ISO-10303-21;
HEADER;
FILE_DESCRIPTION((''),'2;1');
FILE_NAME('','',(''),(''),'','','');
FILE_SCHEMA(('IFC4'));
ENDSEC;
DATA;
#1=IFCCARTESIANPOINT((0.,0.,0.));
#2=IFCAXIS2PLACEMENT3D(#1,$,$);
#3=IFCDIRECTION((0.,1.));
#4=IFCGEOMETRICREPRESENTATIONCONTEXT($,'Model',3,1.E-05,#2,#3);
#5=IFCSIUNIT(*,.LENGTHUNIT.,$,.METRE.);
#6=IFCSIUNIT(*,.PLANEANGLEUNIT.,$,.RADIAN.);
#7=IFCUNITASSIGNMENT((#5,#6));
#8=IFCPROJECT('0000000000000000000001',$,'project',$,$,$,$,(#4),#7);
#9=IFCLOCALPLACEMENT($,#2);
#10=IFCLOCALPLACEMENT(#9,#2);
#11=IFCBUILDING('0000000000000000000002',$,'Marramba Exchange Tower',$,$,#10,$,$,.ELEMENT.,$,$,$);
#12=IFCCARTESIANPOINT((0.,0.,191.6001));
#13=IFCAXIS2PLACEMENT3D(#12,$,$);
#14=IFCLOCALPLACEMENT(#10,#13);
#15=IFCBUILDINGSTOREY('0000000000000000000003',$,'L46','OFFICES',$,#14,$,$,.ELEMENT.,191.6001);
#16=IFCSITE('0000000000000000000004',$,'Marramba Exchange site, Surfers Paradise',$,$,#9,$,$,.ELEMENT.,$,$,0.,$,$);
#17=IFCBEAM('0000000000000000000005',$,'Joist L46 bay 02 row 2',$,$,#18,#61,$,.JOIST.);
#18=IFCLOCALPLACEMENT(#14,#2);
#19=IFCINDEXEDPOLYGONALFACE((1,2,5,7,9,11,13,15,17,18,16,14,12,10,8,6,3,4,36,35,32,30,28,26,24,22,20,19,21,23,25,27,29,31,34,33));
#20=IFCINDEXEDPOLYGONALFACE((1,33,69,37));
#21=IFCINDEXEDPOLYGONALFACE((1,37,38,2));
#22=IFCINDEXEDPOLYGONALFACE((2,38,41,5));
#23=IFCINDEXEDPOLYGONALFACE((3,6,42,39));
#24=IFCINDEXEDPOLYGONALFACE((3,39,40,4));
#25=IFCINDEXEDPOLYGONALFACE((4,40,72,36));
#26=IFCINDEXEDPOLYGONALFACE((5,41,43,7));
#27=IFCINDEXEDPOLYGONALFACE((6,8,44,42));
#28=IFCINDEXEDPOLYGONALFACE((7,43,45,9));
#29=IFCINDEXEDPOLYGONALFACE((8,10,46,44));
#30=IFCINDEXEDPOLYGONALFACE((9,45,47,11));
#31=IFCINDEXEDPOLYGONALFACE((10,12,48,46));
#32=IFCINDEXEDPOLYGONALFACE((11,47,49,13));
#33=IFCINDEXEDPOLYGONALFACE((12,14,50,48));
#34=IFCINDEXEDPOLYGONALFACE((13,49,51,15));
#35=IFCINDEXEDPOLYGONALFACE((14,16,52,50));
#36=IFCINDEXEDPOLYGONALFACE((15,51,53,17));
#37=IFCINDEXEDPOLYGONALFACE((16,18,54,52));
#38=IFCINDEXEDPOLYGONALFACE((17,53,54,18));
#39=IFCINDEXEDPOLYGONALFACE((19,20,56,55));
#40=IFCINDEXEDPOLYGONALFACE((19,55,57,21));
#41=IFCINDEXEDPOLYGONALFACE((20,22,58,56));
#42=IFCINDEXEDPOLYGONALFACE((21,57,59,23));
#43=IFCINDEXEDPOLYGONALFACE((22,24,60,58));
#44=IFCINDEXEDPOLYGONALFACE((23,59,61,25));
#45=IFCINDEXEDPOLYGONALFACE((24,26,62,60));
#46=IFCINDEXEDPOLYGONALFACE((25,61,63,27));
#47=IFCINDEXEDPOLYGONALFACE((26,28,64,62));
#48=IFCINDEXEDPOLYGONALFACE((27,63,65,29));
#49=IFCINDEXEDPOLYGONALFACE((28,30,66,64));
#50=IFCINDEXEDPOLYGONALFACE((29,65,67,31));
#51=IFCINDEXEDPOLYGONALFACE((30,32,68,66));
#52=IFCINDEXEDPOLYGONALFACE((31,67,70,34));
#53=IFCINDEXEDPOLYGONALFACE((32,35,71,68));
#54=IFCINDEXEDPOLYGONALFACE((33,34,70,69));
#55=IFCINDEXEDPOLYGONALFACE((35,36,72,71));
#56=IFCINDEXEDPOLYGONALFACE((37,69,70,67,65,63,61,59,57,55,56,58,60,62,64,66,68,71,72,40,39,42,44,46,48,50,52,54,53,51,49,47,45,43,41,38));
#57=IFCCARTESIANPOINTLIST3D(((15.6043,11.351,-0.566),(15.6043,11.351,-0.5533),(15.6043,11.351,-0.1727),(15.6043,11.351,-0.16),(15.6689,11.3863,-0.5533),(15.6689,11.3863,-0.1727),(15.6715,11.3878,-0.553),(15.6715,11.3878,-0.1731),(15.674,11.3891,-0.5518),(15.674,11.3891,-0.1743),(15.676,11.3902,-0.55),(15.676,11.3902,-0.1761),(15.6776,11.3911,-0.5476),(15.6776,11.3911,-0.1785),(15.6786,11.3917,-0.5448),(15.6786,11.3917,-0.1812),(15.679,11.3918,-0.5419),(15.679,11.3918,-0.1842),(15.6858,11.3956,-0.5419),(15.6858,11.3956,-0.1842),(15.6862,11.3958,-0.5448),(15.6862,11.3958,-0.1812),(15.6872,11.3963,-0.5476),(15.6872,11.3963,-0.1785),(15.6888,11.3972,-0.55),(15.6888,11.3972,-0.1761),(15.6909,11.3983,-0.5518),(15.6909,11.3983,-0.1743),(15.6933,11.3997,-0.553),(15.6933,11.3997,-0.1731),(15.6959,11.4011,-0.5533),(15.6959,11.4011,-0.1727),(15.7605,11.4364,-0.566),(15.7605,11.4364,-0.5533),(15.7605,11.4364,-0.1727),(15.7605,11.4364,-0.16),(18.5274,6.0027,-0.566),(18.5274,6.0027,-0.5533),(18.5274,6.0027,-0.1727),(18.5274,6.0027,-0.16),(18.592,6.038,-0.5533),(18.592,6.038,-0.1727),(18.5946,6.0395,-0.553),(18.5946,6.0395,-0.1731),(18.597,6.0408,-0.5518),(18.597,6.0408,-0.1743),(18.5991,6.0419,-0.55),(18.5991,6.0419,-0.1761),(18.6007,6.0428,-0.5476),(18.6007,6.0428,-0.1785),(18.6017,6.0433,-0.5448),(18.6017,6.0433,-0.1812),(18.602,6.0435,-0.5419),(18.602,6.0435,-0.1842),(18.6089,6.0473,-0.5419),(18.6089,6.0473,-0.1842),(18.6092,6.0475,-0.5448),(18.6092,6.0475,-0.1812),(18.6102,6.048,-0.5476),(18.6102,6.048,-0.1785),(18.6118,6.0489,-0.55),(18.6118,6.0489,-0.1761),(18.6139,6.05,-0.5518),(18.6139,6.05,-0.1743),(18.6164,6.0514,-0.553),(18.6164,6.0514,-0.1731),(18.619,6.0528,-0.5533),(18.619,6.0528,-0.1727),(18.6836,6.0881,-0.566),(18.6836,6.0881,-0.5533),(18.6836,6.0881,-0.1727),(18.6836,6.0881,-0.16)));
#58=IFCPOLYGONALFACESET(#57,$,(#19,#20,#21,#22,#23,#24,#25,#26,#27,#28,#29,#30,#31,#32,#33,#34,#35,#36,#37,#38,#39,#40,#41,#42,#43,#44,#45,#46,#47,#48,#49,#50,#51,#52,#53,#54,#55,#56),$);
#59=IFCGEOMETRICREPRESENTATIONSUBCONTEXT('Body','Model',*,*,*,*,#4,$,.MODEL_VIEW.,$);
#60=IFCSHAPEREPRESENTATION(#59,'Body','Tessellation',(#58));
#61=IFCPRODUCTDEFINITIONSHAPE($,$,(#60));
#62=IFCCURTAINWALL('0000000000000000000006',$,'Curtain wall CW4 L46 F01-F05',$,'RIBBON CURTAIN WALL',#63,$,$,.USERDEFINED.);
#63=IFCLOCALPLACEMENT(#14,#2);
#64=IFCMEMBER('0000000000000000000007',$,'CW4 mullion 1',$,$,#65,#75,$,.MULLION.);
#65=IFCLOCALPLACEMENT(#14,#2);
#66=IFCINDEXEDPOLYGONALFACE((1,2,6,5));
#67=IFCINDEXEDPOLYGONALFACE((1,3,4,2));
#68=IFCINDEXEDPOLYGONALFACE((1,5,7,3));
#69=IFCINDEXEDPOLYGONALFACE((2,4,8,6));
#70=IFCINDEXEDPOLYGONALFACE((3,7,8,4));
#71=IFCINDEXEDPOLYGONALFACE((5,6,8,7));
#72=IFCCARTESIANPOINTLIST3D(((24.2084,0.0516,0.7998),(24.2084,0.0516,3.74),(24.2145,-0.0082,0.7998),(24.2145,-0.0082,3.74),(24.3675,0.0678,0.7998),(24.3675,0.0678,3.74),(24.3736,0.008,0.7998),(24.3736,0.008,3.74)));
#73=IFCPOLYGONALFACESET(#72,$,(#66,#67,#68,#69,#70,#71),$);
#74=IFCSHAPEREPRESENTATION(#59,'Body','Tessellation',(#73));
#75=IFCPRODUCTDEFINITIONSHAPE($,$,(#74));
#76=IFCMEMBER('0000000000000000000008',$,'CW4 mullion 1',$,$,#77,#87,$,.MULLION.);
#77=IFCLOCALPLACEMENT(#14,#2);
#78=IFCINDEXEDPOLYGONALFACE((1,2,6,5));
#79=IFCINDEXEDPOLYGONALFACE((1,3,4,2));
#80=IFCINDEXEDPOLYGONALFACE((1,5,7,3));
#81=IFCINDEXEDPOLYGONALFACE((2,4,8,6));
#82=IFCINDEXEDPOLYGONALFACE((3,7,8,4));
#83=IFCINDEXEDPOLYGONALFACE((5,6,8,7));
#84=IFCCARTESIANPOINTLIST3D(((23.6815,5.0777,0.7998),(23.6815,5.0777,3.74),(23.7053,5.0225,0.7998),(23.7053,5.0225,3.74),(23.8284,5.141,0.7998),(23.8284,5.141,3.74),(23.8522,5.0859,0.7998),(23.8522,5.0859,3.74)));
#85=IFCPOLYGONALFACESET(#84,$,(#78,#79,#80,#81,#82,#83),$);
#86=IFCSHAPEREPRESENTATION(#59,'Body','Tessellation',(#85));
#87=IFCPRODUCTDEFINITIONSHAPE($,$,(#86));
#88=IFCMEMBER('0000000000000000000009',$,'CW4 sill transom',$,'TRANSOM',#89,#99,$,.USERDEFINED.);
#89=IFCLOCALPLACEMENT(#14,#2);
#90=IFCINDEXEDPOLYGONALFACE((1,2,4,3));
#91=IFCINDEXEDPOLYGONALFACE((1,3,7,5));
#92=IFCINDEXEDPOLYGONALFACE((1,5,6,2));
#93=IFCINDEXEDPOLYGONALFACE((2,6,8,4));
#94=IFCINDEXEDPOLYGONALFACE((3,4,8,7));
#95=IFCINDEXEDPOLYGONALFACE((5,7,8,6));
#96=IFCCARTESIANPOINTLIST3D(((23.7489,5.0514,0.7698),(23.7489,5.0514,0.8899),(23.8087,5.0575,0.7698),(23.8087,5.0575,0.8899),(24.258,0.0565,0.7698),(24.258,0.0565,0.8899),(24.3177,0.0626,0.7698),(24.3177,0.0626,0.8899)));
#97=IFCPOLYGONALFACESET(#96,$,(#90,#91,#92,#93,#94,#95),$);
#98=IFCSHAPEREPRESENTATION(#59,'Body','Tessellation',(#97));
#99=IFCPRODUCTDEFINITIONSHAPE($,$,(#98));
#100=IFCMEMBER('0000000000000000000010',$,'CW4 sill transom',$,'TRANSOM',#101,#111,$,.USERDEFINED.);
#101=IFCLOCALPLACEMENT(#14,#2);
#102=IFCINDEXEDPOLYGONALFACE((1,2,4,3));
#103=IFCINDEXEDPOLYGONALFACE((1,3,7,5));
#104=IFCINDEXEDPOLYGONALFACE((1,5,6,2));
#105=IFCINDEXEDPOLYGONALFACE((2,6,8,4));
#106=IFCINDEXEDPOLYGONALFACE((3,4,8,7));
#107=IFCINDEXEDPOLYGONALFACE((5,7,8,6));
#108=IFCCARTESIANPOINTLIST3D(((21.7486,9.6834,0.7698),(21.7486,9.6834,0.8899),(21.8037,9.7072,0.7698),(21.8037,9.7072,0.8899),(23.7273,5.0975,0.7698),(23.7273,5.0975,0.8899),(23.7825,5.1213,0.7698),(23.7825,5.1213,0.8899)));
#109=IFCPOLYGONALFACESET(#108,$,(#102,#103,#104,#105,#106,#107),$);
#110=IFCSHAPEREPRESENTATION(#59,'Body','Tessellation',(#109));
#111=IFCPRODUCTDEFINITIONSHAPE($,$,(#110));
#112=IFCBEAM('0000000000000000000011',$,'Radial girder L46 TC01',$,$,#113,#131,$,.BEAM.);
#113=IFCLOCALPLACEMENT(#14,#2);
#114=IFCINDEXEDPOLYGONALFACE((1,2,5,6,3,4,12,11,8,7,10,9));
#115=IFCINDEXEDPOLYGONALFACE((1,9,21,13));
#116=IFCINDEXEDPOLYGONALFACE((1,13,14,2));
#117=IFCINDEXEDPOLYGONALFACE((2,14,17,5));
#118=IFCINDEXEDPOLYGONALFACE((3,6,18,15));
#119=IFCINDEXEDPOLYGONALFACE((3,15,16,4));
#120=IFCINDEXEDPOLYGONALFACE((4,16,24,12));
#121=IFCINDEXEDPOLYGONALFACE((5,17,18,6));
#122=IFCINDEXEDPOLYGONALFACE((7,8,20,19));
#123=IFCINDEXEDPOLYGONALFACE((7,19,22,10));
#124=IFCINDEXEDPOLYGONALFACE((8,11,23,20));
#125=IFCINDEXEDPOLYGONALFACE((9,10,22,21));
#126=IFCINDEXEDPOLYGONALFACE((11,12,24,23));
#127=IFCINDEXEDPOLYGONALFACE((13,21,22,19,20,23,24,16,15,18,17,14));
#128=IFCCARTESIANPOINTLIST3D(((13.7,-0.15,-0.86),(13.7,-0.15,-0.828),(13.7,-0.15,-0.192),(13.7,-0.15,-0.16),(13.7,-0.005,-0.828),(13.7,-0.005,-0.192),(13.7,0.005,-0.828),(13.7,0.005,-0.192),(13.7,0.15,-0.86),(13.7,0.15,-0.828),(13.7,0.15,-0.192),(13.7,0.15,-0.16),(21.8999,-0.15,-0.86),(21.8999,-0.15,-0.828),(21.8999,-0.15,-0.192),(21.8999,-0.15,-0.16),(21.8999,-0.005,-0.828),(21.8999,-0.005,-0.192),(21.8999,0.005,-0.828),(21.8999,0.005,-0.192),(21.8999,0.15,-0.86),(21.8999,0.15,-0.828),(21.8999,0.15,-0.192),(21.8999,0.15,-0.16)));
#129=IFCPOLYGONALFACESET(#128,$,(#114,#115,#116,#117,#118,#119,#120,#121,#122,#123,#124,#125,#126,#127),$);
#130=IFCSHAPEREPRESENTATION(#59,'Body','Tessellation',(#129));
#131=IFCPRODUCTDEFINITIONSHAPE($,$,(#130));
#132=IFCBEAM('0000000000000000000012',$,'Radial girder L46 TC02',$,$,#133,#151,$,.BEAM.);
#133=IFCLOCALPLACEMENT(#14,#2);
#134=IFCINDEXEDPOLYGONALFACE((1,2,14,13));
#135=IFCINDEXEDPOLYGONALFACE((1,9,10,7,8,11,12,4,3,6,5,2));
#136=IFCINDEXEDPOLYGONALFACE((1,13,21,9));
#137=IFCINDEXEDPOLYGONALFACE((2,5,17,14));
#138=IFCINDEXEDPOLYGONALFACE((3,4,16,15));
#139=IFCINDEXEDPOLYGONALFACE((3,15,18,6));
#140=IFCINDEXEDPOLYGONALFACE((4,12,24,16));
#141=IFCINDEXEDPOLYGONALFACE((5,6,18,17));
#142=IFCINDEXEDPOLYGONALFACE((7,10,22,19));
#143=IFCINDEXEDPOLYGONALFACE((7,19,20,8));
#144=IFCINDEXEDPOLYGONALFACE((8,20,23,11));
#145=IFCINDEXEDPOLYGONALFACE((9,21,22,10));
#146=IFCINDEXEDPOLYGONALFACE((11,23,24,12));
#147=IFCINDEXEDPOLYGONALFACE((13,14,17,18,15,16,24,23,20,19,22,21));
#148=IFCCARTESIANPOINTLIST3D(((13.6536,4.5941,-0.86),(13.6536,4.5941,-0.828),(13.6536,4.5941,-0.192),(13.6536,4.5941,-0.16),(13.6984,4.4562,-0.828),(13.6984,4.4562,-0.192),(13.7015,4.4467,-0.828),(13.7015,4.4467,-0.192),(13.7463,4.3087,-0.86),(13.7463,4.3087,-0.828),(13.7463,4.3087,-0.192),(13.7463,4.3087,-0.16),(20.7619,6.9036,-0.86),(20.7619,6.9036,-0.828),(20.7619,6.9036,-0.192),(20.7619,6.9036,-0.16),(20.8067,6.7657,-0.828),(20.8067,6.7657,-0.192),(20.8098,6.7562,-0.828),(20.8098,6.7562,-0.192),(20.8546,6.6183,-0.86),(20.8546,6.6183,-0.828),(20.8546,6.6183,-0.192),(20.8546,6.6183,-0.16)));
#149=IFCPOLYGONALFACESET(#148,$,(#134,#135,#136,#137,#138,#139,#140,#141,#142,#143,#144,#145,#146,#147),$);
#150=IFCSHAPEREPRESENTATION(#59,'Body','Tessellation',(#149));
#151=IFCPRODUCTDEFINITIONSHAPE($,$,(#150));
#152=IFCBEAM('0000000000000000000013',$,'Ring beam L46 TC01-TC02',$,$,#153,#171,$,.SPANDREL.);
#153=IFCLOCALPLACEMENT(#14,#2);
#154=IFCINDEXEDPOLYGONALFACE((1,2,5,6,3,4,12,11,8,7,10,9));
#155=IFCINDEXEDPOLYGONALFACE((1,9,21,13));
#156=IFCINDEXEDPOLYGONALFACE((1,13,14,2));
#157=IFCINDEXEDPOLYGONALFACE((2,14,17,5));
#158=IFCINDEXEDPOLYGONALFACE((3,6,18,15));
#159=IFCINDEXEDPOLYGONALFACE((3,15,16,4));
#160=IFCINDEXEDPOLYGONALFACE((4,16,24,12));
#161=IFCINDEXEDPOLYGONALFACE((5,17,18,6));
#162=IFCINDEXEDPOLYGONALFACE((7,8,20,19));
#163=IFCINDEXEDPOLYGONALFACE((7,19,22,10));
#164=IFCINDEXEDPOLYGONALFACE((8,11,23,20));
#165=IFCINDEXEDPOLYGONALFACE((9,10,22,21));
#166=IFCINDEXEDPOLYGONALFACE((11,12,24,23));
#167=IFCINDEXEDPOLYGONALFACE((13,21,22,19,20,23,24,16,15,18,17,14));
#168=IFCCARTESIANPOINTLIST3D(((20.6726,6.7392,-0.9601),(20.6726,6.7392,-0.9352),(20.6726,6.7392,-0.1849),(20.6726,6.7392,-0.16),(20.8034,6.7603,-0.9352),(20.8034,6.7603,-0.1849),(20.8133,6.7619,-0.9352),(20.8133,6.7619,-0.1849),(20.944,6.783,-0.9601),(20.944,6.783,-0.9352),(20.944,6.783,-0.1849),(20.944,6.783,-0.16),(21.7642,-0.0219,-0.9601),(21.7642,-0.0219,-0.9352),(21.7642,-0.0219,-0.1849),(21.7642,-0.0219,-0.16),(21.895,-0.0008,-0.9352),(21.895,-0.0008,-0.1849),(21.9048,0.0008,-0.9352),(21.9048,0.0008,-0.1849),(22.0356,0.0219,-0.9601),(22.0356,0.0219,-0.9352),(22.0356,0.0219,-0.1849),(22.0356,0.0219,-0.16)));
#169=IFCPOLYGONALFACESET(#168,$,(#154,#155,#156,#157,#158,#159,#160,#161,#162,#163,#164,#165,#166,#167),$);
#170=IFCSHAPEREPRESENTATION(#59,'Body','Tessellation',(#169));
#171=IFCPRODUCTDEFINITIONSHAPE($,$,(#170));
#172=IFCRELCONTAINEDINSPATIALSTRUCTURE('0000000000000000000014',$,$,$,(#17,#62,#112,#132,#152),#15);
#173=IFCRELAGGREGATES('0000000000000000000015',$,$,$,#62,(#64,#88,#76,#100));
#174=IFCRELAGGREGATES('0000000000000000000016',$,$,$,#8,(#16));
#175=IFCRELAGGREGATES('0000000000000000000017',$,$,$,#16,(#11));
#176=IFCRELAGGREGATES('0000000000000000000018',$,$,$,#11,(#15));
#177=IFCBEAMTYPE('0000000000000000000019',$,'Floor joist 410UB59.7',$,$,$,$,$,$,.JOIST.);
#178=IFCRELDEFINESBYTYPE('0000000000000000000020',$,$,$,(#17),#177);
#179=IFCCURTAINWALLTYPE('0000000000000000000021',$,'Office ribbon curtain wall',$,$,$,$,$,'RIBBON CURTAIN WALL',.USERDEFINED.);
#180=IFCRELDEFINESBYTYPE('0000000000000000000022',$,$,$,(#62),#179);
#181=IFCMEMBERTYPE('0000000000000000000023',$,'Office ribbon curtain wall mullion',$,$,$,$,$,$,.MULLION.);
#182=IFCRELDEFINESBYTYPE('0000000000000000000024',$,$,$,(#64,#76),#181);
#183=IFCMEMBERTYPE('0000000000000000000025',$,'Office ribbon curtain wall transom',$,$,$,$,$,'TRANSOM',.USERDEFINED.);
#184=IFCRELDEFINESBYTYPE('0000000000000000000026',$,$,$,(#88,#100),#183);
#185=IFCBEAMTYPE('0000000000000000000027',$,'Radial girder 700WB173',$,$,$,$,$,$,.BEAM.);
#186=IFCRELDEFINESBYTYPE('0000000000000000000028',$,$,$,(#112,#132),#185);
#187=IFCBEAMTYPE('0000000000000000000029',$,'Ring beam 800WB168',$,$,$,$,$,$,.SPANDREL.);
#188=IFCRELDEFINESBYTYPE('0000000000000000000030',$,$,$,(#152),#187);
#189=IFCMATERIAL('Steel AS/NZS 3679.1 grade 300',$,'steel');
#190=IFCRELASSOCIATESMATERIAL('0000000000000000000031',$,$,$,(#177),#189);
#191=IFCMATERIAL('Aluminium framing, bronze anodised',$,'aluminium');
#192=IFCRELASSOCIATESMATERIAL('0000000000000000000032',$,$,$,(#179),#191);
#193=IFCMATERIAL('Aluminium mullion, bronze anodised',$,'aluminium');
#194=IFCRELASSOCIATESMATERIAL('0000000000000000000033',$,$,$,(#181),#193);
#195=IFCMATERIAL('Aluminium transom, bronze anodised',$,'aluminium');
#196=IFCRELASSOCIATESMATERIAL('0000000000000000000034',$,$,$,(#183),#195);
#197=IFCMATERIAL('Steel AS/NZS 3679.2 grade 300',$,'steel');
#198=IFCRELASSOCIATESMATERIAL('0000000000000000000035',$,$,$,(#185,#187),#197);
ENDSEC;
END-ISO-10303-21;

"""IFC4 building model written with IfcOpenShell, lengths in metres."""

from ifc_helpers import new_model, si_unit, direction, frame, origin, origin_2d, place, context, subcontext, project, spatial, rectangle, i_section, extrude, material, material_profile, profile_set, type_object, element, aggregate, save


model = new_model("IFC4")

# Units and contexts
model_context = context("Model", 3, precision=1e-05, world=origin(), true_north=direction((0.0, 1.0)))
body_context = subcontext(model_context, "Body", "Model", "MODEL_VIEW")
ifc_project = project(units=[si_unit("LENGTHUNIT", "METRE"), si_unit("PLANEANGLEUNIT", "RADIAN")], contexts=[model_context])

# Site, building, storey
site_placement = place(None, origin())
site = spatial("IfcSite", under=ifc_project, at=site_placement, Name="Marramba Exchange site, Surfers Paradise", CompositionType="ELEMENT", RefElevation=0.0)
building_placement = place(site_placement, origin())
building = spatial("IfcBuilding", under=site, at=building_placement, Name="Marramba Exchange Tower", CompositionType="ELEMENT")
storey_placement = place(building_placement, frame((0.0, 0.0, 191.6001)))
storey = spatial("IfcBuildingStorey", under=building, at=storey_placement, Name="L46", Description="OFFICES", CompositionType="ELEMENT", Elevation=191.6001)

# Beam
ifc_material_1 = material(Name="Steel AS/NZS 3679.2 grade 300", Category="steel")
ifc_material_2 = material(Name="Steel AS/NZS 3679.1 grade 300", Category="steel")
ifc_material_profile_1 = material_profile(ifc_material_2, i_section(OverallWidth=0.178, OverallDepth=0.406, WebThickness=0.0078, FlangeThickness=0.0127, FilletRadius=0.0115, at=origin_2d()), Name="410UB59.7")
ifc_profile_set_1 = profile_set([ifc_material_profile_1], Name="Steel AS/NZS 3679.1 grade 300")
beam_type_1 = type_object("IfcBeamType", Name="Floor joist 410UB59.7", PredefinedType="JOIST", material=ifc_profile_set_1)
beam_1_placement = place(storey_placement, frame((18.6055, 6.0454, -0.363), z_axis=(-0.479584, 0.877496, 0.0), x_axis=(-0.877496, -0.479584, 0.0)))
element("IfcBeam", 1, at=beam_1_placement, inside=storey, type_object=beam_type_1, Name="Joist L46 bay 02 row 2", PredefinedType="JOIST", context=body_context, shape_type="SweptSolid", body=[
    extrude(i_section(OverallWidth=0.178, OverallDepth=0.406, WebThickness=0.0078, FlangeThickness=0.0127, FilletRadius=0.0115, at=origin_2d()), origin(), (0.0, 0.0, 1.0), 6.095),
])

# Curtain wall, members
ifc_material_3 = material(Name="Aluminium framing, bronze anodised", Category="aluminium")
curtain_wall_type = type_object("IfcCurtainWallType", Name="Office ribbon curtain wall", ElementType="RIBBON CURTAIN WALL", PredefinedType="USERDEFINED", material=ifc_material_3)
curtain_wall_placement = place(storey_placement, origin())
curtain_wall = element("IfcCurtainWall", 2, at=curtain_wall_placement, inside=storey, type_object=curtain_wall_type, Name="Curtain wall CW4 L46 F01-F05", ObjectType="RIBBON CURTAIN WALL", PredefinedType="USERDEFINED")
ifc_material_4 = material(Name="Aluminium mullion, bronze anodised", Category="aluminium")
ifc_material_profile_2 = material_profile(ifc_material_4, rectangle(XDim=0.1599, YDim=0.0601, at=origin_2d()), Name="CW4 mullion 60x160")
ifc_profile_set_2 = profile_set([ifc_material_profile_2], Name="Aluminium mullion, bronze anodised")
member_type_1 = type_object("IfcMemberType", Name="Office ribbon curtain wall mullion", PredefinedType="MULLION", material=ifc_profile_set_2)
member_1_placement = place(storey_placement, frame((24.291, 0.0298, 0.7998), z_axis=(0.0, 0.0, 1.0), x_axis=(-0.994843, -0.101422, 0.0)))
member_1 = element("IfcMember", 3, at=member_1_placement, type_object=member_type_1, Name="CW4 mullion 1", PredefinedType="MULLION", context=body_context, shape_type="SweptSolid", body=[
    extrude(rectangle(XDim=0.1599, YDim=0.0601, at=origin_2d()), origin(), (0.0, 0.0, 1.0), 2.9402),
])
member_2_placement = place(storey_placement, frame((23.7668, 5.0818, 0.7998), z_axis=(0.0, 0.0, 1.0), x_axis=(-0.918167, -0.396193, 0.0)))
member_2 = element("IfcMember", 4, at=member_2_placement, type_object=member_type_1, Name="CW4 mullion 1", PredefinedType="MULLION", context=body_context, shape_type="SweptSolid", body=[
    extrude(rectangle(XDim=0.1599, YDim=0.0601, at=origin_2d()), origin(), (0.0, 0.0, 1.0), 2.9402),
])
ifc_material_5 = material(Name="Aluminium transom, bronze anodised", Category="aluminium")
ifc_material_profile_3 = material_profile(ifc_material_5, rectangle(XDim=0.0601, YDim=0.1201, at=origin_2d()), Name="CW4 transom 60x120")
ifc_profile_set_3 = profile_set([ifc_material_profile_3], Name="Aluminium transom, bronze anodised")
member_type_2 = type_object("IfcMemberType", Name="Office ribbon curtain wall transom", ElementType="TRANSOM", PredefinedType="USERDEFINED", material=ifc_profile_set_3)
member_3_placement = place(storey_placement, frame((24.2878, 0.0596, 0.8298), z_axis=(-0.101386, 0.994847, 0.0), x_axis=(-0.994847, -0.101386, 0.0)))
member_3 = element("IfcMember", 5, at=member_3_placement, type_object=member_type_2, Name="CW4 sill transom", ObjectType="TRANSOM", PredefinedType="USERDEFINED", context=body_context, shape_type="SweptSolid", body=[
    extrude(rectangle(XDim=0.0601, YDim=0.1201, at=origin_2d()), origin(), (0.0, 0.0, 1.0), 5.0208),
])
member_4_placement = place(storey_placement, frame((23.7549, 5.1094, 0.8298), z_axis=(-0.396178, 0.918174, 0.0), x_axis=(-0.918174, -0.396178, 0.0)))
member_4 = element("IfcMember", 6, at=member_4_placement, type_object=member_type_2, Name="CW4 sill transom", ObjectType="TRANSOM", PredefinedType="USERDEFINED", context=body_context, shape_type="SweptSolid", body=[
    extrude(rectangle(XDim=0.0601, YDim=0.1201, at=origin_2d()), origin(), (0.0, 0.0, 1.0), 4.9946),
])

# Beams
ifc_material_profile_4 = material_profile(ifc_material_1, i_section(OverallWidth=0.3, OverallDepth=0.7, WebThickness=0.01, FlangeThickness=0.032, at=origin_2d()), Name="700WB173")
ifc_profile_set_4 = profile_set([ifc_material_profile_4], Name="Steel AS/NZS 3679.2 grade 300")
beam_type_2 = type_object("IfcBeamType", Name="Radial girder 700WB173", PredefinedType="BEAM", material=ifc_profile_set_4)
beam_2_placement = place(storey_placement, frame((13.7, 0.0, -0.51), z_axis=(1.0, 0.0, 0.0), x_axis=(0.0, 1.0, 0.0)))
element("IfcBeam", 7, at=beam_2_placement, inside=storey, type_object=beam_type_2, Name="Radial girder L46 TC01", PredefinedType="BEAM", context=body_context, shape_type="SweptSolid", body=[
    extrude(i_section(OverallWidth=0.3, OverallDepth=0.7, WebThickness=0.01, FlangeThickness=0.032, at=origin_2d()), origin(), (0.0, 0.0, 1.0), 8.2),
])
beam_3_placement = place(storey_placement, frame((13.7, 4.4514, -0.51), z_axis=(0.95106, 0.309006, 0.0), x_axis=(-0.309006, 0.95106, 0.0)))
element("IfcBeam", 8, at=beam_3_placement, inside=storey, type_object=beam_type_2, Name="Radial girder L46 TC02", PredefinedType="BEAM", context=body_context, shape_type="SweptSolid", body=[
    extrude(i_section(OverallWidth=0.3, OverallDepth=0.7, WebThickness=0.01, FlangeThickness=0.032, at=origin_2d()), origin(), (0.0, 0.0, 1.0), 7.4741),
])
ifc_material_profile_5 = material_profile(ifc_material_1, i_section(OverallWidth=0.2749, OverallDepth=0.8, WebThickness=0.01, FlangeThickness=0.0249, at=origin_2d()), Name="800WB168")
ifc_profile_set_5 = profile_set([ifc_material_profile_5], Name="Steel AS/NZS 3679.2 grade 300")
beam_type_3 = type_object("IfcBeamType", Name="Ring beam 800WB168", PredefinedType="SPANDREL", material=ifc_profile_set_5)
beam_4_placement = place(storey_placement, frame((21.8999, 0.0, -0.5601), z_axis=(-0.159385, 0.987217, 0.0), x_axis=(-0.987217, -0.159385, 0.0)))
element("IfcBeam", 9, at=beam_4_placement, inside=storey, type_object=beam_type_3, Name="Ring beam L46 TC01-TC02", PredefinedType="SPANDREL", context=body_context, shape_type="SweptSolid", body=[
    extrude(i_section(OverallWidth=0.2749, OverallDepth=0.8, WebThickness=0.01, FlangeThickness=0.0249, at=origin_2d()), origin(), (0.0, 0.0, 1.0), 6.8486),
])

aggregate(curtain_wall, [member_1, member_3, member_2, member_4])

save(model, "model.ifc")
